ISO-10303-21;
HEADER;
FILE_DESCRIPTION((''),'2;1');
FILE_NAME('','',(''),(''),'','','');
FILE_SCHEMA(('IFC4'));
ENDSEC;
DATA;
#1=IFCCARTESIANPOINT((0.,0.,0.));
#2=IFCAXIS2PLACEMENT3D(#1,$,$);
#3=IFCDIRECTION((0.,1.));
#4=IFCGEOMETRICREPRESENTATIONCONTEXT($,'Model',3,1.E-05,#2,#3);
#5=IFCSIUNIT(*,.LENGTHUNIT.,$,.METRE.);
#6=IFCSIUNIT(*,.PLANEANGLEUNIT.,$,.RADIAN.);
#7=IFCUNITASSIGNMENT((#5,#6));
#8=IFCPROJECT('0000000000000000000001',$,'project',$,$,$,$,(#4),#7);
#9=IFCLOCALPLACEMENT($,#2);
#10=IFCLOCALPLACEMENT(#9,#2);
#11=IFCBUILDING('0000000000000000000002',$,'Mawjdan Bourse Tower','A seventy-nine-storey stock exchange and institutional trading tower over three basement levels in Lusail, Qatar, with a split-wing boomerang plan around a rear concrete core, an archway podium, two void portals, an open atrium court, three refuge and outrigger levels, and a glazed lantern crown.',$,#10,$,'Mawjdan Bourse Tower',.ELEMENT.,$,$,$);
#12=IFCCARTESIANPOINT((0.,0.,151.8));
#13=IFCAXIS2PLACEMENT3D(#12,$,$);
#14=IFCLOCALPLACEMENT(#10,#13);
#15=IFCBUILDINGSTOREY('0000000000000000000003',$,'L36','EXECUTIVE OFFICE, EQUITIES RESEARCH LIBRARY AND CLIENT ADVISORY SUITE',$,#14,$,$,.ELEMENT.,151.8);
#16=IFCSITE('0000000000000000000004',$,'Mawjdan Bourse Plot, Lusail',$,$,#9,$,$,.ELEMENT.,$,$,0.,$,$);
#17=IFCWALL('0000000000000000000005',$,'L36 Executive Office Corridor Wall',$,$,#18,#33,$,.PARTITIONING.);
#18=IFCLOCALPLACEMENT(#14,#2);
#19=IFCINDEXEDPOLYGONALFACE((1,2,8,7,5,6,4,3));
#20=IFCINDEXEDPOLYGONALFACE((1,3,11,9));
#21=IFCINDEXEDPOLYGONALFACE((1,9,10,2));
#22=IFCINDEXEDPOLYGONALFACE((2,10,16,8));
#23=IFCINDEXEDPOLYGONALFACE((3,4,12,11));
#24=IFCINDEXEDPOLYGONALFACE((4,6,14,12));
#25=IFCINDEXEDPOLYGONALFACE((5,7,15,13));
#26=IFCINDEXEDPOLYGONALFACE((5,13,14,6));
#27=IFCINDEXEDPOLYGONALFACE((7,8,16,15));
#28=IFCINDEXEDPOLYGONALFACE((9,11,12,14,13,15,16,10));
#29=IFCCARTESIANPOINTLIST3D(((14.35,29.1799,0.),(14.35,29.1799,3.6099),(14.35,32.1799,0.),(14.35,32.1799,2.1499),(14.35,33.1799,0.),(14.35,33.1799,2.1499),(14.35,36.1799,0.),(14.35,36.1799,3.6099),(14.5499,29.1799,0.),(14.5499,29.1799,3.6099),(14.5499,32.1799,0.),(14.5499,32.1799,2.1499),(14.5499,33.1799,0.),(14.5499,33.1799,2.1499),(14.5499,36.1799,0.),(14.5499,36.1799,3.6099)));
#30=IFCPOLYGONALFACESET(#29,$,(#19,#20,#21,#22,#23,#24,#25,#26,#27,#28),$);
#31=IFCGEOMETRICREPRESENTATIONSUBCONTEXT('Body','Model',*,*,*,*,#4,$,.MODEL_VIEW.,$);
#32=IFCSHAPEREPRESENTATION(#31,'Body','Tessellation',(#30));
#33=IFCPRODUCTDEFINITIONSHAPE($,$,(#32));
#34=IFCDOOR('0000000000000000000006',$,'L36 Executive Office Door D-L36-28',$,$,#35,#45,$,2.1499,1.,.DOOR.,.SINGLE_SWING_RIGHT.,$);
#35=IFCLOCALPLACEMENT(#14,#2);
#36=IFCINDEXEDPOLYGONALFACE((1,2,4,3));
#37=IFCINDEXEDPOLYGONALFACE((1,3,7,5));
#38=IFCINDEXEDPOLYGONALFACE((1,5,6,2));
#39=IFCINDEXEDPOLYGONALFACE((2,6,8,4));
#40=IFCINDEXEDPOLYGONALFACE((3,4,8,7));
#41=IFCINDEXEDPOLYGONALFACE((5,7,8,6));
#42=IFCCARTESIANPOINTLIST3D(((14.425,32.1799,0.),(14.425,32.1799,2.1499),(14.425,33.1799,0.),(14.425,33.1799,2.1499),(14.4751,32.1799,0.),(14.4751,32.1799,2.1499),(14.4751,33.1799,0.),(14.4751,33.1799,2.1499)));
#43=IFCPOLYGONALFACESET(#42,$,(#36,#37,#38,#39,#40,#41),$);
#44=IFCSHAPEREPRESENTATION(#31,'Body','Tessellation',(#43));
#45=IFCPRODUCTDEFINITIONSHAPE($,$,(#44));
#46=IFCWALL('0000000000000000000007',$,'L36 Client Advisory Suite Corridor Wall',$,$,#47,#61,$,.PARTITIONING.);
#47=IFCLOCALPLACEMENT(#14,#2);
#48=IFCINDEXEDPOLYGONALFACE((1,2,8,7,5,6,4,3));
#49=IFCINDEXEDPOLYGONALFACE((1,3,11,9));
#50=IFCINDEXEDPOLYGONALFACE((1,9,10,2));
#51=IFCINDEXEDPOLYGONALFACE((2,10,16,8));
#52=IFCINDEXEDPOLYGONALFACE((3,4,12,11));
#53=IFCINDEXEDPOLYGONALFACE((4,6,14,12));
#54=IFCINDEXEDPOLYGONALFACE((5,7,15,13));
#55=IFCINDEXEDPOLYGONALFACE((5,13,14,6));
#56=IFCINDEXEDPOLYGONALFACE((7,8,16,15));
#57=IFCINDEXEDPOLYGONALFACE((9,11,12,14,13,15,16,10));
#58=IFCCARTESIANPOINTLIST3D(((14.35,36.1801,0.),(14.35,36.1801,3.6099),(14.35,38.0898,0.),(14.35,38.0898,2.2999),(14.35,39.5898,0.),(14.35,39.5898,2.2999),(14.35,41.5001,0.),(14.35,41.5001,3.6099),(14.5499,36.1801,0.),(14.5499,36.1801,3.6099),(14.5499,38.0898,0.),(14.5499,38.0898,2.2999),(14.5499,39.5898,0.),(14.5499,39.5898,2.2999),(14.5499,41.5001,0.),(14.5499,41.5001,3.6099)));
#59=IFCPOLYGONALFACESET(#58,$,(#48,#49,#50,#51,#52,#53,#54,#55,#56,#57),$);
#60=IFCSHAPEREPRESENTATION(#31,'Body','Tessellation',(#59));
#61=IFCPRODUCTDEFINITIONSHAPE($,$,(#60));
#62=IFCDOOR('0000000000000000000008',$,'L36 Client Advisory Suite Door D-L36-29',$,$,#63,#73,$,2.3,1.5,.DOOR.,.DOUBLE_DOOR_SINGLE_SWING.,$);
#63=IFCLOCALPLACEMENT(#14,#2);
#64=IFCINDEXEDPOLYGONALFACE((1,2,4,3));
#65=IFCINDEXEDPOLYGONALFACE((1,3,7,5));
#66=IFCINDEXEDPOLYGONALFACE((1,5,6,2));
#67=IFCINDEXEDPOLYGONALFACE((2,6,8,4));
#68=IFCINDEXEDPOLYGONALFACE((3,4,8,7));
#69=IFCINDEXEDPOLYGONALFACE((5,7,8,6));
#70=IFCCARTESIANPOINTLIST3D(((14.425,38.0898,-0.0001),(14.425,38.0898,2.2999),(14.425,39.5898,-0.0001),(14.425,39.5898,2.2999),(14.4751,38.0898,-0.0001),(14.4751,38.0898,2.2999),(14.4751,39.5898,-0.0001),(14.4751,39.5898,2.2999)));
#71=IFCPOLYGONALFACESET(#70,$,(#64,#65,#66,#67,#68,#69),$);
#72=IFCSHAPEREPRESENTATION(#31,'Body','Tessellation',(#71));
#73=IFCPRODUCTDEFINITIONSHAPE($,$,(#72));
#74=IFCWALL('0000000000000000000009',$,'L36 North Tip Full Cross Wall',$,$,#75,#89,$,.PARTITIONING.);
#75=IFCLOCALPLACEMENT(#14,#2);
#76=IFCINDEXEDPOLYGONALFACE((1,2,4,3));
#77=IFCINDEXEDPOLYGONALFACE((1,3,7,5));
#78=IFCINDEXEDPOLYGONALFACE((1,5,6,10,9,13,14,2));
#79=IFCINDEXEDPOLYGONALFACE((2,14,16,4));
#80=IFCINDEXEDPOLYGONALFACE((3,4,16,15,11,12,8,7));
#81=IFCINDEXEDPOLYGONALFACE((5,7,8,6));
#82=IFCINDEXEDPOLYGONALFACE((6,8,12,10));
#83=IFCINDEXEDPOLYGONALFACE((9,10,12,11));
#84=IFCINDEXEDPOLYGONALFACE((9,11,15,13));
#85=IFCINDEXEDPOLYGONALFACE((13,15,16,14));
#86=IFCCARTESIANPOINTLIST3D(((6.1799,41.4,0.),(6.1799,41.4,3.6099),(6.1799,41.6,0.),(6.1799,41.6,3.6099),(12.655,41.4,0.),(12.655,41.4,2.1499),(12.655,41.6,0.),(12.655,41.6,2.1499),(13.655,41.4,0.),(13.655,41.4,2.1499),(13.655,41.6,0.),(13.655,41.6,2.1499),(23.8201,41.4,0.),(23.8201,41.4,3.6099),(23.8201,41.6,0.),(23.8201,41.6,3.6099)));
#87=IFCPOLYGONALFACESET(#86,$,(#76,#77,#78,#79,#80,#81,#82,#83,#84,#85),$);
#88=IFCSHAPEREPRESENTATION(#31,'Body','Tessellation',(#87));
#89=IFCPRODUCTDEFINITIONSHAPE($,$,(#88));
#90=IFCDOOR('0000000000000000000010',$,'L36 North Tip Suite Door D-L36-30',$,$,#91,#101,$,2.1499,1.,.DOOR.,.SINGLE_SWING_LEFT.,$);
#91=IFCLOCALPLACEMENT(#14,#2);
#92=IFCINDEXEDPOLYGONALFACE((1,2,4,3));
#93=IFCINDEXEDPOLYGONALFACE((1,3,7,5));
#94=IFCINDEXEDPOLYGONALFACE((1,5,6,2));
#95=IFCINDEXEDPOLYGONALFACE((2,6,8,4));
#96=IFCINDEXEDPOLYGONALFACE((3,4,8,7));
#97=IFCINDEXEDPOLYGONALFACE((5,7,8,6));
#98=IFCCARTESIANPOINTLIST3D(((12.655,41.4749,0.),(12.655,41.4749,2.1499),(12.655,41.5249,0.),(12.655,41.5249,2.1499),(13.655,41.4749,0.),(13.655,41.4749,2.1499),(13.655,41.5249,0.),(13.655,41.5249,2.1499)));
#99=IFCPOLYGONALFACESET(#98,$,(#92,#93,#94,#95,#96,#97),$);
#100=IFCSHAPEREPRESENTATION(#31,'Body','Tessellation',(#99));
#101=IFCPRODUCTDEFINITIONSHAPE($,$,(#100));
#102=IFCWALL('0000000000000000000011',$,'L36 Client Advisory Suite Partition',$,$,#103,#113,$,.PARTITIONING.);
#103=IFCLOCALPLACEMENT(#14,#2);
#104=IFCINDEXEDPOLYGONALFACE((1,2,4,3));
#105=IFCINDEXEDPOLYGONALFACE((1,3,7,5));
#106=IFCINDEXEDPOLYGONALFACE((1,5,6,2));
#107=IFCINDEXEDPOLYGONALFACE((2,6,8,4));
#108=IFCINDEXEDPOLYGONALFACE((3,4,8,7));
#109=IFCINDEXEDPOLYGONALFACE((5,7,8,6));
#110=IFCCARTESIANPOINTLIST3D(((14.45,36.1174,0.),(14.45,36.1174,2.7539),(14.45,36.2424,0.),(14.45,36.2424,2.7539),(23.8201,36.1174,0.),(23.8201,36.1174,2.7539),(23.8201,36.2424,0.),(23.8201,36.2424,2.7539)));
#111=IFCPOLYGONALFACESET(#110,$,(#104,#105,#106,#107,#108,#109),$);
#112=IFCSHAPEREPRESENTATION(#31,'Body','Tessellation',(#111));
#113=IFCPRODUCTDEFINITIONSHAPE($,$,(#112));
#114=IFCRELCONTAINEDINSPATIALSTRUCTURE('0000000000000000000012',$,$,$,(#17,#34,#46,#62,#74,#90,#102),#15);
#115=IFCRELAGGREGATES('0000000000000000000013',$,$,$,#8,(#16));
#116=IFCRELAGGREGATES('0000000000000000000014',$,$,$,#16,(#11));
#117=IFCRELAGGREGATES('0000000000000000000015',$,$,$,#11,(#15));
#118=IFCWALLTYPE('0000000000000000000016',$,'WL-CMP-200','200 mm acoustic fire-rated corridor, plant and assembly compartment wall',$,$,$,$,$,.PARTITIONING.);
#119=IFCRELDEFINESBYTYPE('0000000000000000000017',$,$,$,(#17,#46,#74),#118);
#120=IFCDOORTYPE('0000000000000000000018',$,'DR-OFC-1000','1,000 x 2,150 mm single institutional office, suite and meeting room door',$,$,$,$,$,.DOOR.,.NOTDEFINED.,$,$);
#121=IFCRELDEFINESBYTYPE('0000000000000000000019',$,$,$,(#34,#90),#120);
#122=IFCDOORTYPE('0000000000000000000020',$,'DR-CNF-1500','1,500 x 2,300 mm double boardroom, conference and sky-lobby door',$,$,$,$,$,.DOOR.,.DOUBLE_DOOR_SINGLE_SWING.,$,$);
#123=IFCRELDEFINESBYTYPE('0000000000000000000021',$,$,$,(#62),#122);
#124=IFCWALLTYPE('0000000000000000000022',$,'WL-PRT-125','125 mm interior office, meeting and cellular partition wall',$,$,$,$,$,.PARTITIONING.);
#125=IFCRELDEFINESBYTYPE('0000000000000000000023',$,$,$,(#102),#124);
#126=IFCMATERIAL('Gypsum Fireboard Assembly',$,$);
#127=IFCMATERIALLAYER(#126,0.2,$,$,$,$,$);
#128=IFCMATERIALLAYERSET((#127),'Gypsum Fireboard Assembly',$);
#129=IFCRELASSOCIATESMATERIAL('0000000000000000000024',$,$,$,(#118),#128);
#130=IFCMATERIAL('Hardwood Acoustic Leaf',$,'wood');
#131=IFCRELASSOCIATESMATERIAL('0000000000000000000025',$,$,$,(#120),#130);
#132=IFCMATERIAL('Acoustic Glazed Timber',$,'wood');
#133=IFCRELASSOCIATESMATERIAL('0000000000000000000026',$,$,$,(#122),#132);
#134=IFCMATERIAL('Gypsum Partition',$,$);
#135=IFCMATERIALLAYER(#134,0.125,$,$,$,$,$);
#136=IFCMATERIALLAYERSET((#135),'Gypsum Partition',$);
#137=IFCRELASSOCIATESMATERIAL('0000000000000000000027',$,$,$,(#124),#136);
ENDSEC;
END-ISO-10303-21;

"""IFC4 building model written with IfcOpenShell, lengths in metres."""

from ifc_helpers import new_model, si_unit, direction, frame, frame_2d, origin, place, context, subcontext, project, spatial, rectangle, extrude, material, layer, layer_set, type_object, element, fill, save


model = new_model("IFC4")

# Units and contexts
model_context = context("Model", 3, precision=1e-05, world=origin(), true_north=direction((0.0, 1.0)))
body_context = subcontext(model_context, "Body", "Model", "MODEL_VIEW")
ifc_project = project(units=[si_unit("LENGTHUNIT", "METRE"), si_unit("PLANEANGLEUNIT", "RADIAN")], contexts=[model_context])

# Site, building, storey
site_placement = place(None, origin())
site = spatial("IfcSite", under=ifc_project, at=site_placement, Name="Mawjdan Bourse Plot, Lusail", CompositionType="ELEMENT", RefElevation=0.0)
building_placement = place(site_placement, origin())
building = spatial("IfcBuilding", under=site, at=building_placement, Name="Mawjdan Bourse Tower", Description="A seventy-nine-storey stock exchange and institutional trading tower over three basement levels in Lusail, Qatar, with a split-wing boomerang plan around a rear concrete core, an archway podium, two void portals, an open atrium court, three refuge and outrigger levels, and a glazed lantern crown.", LongName="Mawjdan Bourse Tower", CompositionType="ELEMENT")
storey_placement = place(building_placement, frame((0.0, 0.0, 151.8)))
storey = spatial("IfcBuildingStorey", under=building, at=storey_placement, Name="L36", Description="EXECUTIVE OFFICE, EQUITIES RESEARCH LIBRARY AND CLIENT ADVISORY SUITE", CompositionType="ELEMENT", Elevation=151.8)

# Shared definitions
ifc_material_1 = material(Name="Gypsum Fireboard Assembly")
ifc_layer_1 = layer(ifc_material_1, 0.2)
ifc_layer_set_1 = layer_set([ifc_layer_1], Name="Gypsum Fireboard Assembly")
wall_type_1 = type_object("IfcWallType", Name="WL-CMP-200", Description="200 mm acoustic fire-rated corridor, plant and assembly compartment wall", PredefinedType="PARTITIONING", material=ifc_layer_set_1)

# Walls, openings, doors
ifc_material_2 = material(Name="Hardwood Acoustic Leaf", Category="wood")
door_type_1 = type_object("IfcDoorType", Name="DR-OFC-1000", Description="1,000 x 2,150 mm single institutional office, suite and meeting room door", OperationType="NOTDEFINED", PredefinedType="DOOR", material=ifc_material_2)
wall_1_placement = place(storey_placement, frame((14.45, 29.1799, 0.0), z_axis=(0.0, 0.0, 1.0), x_axis=(0.0, 1.0, 0.0)))
wall_1 = element("IfcWall", 1, at=wall_1_placement, inside=storey, type_object=wall_type_1, Name="L36 Executive Office Corridor Wall", PredefinedType="PARTITIONING", context=body_context, shape_type="SweptSolid", body=[
    extrude(rectangle(XDim=7.0, YDim=0.2, at=frame_2d((3.5, 0.0))), origin(), (0.0, 0.0, 1.0), 3.6099),
])
opening_1_placement = place(wall_1_placement, frame((3.0, 0.0, 0.0)))
opening_1 = element("IfcOpeningElement", 2, at=opening_1_placement, cuts=wall_1, PredefinedType="OPENING", context=body_context, shape_type="SweptSolid", body=[
    extrude(rectangle(XDim=1.0, YDim=2.1499, at=frame_2d((0.5, 1.075))), frame((0.0, 0.1099, 0.0), z_axis=(0.0, -1.0, 0.0), x_axis=(1.0, 0.0, 0.0)), (0.0, 0.0, 1.0), 0.22),
])
door_1_placement = place(opening_1_placement, origin())
door_1 = element("IfcDoor", 3, at=door_1_placement, inside=storey, type_object=door_type_1, Name="L36 Executive Office Door D-L36-28", OperationType="SINGLE_SWING_RIGHT", OverallHeight=2.1499, OverallWidth=1.0, PredefinedType="DOOR", context=body_context, shape_type="SweptSolid", body=[
    extrude(rectangle(XDim=1.0, YDim=2.1499, at=frame_2d((0.5, 1.075))), frame((0.0, 0.0249, 0.0), z_axis=(0.0, -1.0, 0.0), x_axis=(1.0, 0.0, 0.0)), (0.0, 0.0, 1.0), 0.05),
])
fill(opening_1, door_1)
wall_2_placement = place(storey_placement, frame((14.45, 36.1799, 0.0), z_axis=(0.0, 0.0, 1.0), x_axis=(0.0, 1.0, 0.0)))
wall_2 = element("IfcWall", 4, at=wall_2_placement, inside=storey, type_object=wall_type_1, Name="L36 Client Advisory Suite Corridor Wall", PredefinedType="PARTITIONING", context=body_context, shape_type="SweptSolid", body=[
    extrude(rectangle(XDim=5.3201, YDim=0.2, at=frame_2d((2.6602, 0.0))), origin(), (0.0, 0.0, 1.0), 3.6099),
])
opening_2_placement = place(wall_2_placement, frame((1.9099, 0.0, 0.0)))
opening_2 = element("IfcOpeningElement", 5, at=opening_2_placement, cuts=wall_2, PredefinedType="OPENING", context=body_context, shape_type="SweptSolid", body=[
    extrude(rectangle(XDim=1.5, YDim=2.3, at=frame_2d((0.75, 1.1499))), frame((0.0, 0.1099, 0.0), z_axis=(0.0, -1.0, 0.0), x_axis=(1.0, 0.0, 0.0)), (0.0, 0.0, 1.0), 0.22),
])
ifc_material_3 = material(Name="Acoustic Glazed Timber", Category="wood")
door_type_2 = type_object("IfcDoorType", Name="DR-CNF-1500", Description="1,500 x 2,300 mm double boardroom, conference and sky-lobby door", OperationType="DOUBLE_DOOR_SINGLE_SWING", PredefinedType="DOOR", material=ifc_material_3)
door_2_placement = place(opening_2_placement, origin())
door_2 = element("IfcDoor", 6, at=door_2_placement, inside=storey, type_object=door_type_2, Name="L36 Client Advisory Suite Door D-L36-29", OperationType="DOUBLE_DOOR_SINGLE_SWING", OverallHeight=2.3, OverallWidth=1.5, PredefinedType="DOOR", context=body_context, shape_type="SweptSolid", body=[
    extrude(rectangle(XDim=1.5, YDim=2.3, at=frame_2d((0.75, 1.1499))), frame((0.0, 0.0249, 0.0), z_axis=(0.0, -1.0, 0.0), x_axis=(1.0, 0.0, 0.0)), (0.0, 0.0, 1.0), 0.05),
])
fill(opening_2, door_2)
wall_3_placement = place(storey_placement, frame((6.1799, 41.5, 0.0), z_axis=(0.0, 0.0, 1.0), x_axis=(1.0, 0.0, 0.0)))
wall_3 = element("IfcWall", 7, at=wall_3_placement, inside=storey, type_object=wall_type_1, Name="L36 North Tip Full Cross Wall", PredefinedType="PARTITIONING", context=body_context, shape_type="SweptSolid", body=[
    extrude(rectangle(XDim=17.6401, YDim=0.2, at=frame_2d((8.8201, 0.0))), origin(), (0.0, 0.0, 1.0), 3.6099),
])
opening_3_placement = place(wall_3_placement, frame((6.4751, 0.0, 0.0)))
opening_3 = element("IfcOpeningElement", 8, at=opening_3_placement, cuts=wall_3, PredefinedType="OPENING", context=body_context, shape_type="SweptSolid", body=[
    extrude(rectangle(XDim=1.0, YDim=2.1499, at=frame_2d((0.5, 1.075))), frame((0.0, 0.1099, 0.0), z_axis=(0.0, -1.0, 0.0), x_axis=(1.0, 0.0, 0.0)), (0.0, 0.0, 1.0), 0.22),
])
door_3_placement = place(opening_3_placement, origin())
door_3 = element("IfcDoor", 9, at=door_3_placement, inside=storey, type_object=door_type_1, Name="L36 North Tip Suite Door D-L36-30", OperationType="SINGLE_SWING_LEFT", OverallHeight=2.1499, OverallWidth=1.0, PredefinedType="DOOR", context=body_context, shape_type="SweptSolid", body=[
    extrude(rectangle(XDim=1.0, YDim=2.1499, at=frame_2d((0.5, 1.075))), frame((0.0, 0.0249, 0.0), z_axis=(0.0, -1.0, 0.0), x_axis=(1.0, 0.0, 0.0)), (0.0, 0.0, 1.0), 0.05),
])
fill(opening_3, door_3)

# Wall
ifc_material_4 = material(Name="Gypsum Partition")
ifc_layer_2 = layer(ifc_material_4, 0.125)
ifc_layer_set_2 = layer_set([ifc_layer_2], Name="Gypsum Partition")
wall_type_2 = type_object("IfcWallType", Name="WL-PRT-125", Description="125 mm interior office, meeting and cellular partition wall", PredefinedType="PARTITIONING", material=ifc_layer_set_2)
wall_4_placement = place(storey_placement, frame((14.45, 36.1799, 0.0), z_axis=(0.0, 0.0, 1.0), x_axis=(1.0, 0.0, 0.0)))
element("IfcWall", 10, at=wall_4_placement, inside=storey, type_object=wall_type_2, Name="L36 Client Advisory Suite Partition", PredefinedType="PARTITIONING", context=body_context, shape_type="SweptSolid", body=[
    extrude(rectangle(XDim=9.3701, YDim=0.125, at=frame_2d((4.6851, 0.0))), origin(), (0.0, 0.0, 1.0), 2.7539),
])

save(model, "model.ifc")
